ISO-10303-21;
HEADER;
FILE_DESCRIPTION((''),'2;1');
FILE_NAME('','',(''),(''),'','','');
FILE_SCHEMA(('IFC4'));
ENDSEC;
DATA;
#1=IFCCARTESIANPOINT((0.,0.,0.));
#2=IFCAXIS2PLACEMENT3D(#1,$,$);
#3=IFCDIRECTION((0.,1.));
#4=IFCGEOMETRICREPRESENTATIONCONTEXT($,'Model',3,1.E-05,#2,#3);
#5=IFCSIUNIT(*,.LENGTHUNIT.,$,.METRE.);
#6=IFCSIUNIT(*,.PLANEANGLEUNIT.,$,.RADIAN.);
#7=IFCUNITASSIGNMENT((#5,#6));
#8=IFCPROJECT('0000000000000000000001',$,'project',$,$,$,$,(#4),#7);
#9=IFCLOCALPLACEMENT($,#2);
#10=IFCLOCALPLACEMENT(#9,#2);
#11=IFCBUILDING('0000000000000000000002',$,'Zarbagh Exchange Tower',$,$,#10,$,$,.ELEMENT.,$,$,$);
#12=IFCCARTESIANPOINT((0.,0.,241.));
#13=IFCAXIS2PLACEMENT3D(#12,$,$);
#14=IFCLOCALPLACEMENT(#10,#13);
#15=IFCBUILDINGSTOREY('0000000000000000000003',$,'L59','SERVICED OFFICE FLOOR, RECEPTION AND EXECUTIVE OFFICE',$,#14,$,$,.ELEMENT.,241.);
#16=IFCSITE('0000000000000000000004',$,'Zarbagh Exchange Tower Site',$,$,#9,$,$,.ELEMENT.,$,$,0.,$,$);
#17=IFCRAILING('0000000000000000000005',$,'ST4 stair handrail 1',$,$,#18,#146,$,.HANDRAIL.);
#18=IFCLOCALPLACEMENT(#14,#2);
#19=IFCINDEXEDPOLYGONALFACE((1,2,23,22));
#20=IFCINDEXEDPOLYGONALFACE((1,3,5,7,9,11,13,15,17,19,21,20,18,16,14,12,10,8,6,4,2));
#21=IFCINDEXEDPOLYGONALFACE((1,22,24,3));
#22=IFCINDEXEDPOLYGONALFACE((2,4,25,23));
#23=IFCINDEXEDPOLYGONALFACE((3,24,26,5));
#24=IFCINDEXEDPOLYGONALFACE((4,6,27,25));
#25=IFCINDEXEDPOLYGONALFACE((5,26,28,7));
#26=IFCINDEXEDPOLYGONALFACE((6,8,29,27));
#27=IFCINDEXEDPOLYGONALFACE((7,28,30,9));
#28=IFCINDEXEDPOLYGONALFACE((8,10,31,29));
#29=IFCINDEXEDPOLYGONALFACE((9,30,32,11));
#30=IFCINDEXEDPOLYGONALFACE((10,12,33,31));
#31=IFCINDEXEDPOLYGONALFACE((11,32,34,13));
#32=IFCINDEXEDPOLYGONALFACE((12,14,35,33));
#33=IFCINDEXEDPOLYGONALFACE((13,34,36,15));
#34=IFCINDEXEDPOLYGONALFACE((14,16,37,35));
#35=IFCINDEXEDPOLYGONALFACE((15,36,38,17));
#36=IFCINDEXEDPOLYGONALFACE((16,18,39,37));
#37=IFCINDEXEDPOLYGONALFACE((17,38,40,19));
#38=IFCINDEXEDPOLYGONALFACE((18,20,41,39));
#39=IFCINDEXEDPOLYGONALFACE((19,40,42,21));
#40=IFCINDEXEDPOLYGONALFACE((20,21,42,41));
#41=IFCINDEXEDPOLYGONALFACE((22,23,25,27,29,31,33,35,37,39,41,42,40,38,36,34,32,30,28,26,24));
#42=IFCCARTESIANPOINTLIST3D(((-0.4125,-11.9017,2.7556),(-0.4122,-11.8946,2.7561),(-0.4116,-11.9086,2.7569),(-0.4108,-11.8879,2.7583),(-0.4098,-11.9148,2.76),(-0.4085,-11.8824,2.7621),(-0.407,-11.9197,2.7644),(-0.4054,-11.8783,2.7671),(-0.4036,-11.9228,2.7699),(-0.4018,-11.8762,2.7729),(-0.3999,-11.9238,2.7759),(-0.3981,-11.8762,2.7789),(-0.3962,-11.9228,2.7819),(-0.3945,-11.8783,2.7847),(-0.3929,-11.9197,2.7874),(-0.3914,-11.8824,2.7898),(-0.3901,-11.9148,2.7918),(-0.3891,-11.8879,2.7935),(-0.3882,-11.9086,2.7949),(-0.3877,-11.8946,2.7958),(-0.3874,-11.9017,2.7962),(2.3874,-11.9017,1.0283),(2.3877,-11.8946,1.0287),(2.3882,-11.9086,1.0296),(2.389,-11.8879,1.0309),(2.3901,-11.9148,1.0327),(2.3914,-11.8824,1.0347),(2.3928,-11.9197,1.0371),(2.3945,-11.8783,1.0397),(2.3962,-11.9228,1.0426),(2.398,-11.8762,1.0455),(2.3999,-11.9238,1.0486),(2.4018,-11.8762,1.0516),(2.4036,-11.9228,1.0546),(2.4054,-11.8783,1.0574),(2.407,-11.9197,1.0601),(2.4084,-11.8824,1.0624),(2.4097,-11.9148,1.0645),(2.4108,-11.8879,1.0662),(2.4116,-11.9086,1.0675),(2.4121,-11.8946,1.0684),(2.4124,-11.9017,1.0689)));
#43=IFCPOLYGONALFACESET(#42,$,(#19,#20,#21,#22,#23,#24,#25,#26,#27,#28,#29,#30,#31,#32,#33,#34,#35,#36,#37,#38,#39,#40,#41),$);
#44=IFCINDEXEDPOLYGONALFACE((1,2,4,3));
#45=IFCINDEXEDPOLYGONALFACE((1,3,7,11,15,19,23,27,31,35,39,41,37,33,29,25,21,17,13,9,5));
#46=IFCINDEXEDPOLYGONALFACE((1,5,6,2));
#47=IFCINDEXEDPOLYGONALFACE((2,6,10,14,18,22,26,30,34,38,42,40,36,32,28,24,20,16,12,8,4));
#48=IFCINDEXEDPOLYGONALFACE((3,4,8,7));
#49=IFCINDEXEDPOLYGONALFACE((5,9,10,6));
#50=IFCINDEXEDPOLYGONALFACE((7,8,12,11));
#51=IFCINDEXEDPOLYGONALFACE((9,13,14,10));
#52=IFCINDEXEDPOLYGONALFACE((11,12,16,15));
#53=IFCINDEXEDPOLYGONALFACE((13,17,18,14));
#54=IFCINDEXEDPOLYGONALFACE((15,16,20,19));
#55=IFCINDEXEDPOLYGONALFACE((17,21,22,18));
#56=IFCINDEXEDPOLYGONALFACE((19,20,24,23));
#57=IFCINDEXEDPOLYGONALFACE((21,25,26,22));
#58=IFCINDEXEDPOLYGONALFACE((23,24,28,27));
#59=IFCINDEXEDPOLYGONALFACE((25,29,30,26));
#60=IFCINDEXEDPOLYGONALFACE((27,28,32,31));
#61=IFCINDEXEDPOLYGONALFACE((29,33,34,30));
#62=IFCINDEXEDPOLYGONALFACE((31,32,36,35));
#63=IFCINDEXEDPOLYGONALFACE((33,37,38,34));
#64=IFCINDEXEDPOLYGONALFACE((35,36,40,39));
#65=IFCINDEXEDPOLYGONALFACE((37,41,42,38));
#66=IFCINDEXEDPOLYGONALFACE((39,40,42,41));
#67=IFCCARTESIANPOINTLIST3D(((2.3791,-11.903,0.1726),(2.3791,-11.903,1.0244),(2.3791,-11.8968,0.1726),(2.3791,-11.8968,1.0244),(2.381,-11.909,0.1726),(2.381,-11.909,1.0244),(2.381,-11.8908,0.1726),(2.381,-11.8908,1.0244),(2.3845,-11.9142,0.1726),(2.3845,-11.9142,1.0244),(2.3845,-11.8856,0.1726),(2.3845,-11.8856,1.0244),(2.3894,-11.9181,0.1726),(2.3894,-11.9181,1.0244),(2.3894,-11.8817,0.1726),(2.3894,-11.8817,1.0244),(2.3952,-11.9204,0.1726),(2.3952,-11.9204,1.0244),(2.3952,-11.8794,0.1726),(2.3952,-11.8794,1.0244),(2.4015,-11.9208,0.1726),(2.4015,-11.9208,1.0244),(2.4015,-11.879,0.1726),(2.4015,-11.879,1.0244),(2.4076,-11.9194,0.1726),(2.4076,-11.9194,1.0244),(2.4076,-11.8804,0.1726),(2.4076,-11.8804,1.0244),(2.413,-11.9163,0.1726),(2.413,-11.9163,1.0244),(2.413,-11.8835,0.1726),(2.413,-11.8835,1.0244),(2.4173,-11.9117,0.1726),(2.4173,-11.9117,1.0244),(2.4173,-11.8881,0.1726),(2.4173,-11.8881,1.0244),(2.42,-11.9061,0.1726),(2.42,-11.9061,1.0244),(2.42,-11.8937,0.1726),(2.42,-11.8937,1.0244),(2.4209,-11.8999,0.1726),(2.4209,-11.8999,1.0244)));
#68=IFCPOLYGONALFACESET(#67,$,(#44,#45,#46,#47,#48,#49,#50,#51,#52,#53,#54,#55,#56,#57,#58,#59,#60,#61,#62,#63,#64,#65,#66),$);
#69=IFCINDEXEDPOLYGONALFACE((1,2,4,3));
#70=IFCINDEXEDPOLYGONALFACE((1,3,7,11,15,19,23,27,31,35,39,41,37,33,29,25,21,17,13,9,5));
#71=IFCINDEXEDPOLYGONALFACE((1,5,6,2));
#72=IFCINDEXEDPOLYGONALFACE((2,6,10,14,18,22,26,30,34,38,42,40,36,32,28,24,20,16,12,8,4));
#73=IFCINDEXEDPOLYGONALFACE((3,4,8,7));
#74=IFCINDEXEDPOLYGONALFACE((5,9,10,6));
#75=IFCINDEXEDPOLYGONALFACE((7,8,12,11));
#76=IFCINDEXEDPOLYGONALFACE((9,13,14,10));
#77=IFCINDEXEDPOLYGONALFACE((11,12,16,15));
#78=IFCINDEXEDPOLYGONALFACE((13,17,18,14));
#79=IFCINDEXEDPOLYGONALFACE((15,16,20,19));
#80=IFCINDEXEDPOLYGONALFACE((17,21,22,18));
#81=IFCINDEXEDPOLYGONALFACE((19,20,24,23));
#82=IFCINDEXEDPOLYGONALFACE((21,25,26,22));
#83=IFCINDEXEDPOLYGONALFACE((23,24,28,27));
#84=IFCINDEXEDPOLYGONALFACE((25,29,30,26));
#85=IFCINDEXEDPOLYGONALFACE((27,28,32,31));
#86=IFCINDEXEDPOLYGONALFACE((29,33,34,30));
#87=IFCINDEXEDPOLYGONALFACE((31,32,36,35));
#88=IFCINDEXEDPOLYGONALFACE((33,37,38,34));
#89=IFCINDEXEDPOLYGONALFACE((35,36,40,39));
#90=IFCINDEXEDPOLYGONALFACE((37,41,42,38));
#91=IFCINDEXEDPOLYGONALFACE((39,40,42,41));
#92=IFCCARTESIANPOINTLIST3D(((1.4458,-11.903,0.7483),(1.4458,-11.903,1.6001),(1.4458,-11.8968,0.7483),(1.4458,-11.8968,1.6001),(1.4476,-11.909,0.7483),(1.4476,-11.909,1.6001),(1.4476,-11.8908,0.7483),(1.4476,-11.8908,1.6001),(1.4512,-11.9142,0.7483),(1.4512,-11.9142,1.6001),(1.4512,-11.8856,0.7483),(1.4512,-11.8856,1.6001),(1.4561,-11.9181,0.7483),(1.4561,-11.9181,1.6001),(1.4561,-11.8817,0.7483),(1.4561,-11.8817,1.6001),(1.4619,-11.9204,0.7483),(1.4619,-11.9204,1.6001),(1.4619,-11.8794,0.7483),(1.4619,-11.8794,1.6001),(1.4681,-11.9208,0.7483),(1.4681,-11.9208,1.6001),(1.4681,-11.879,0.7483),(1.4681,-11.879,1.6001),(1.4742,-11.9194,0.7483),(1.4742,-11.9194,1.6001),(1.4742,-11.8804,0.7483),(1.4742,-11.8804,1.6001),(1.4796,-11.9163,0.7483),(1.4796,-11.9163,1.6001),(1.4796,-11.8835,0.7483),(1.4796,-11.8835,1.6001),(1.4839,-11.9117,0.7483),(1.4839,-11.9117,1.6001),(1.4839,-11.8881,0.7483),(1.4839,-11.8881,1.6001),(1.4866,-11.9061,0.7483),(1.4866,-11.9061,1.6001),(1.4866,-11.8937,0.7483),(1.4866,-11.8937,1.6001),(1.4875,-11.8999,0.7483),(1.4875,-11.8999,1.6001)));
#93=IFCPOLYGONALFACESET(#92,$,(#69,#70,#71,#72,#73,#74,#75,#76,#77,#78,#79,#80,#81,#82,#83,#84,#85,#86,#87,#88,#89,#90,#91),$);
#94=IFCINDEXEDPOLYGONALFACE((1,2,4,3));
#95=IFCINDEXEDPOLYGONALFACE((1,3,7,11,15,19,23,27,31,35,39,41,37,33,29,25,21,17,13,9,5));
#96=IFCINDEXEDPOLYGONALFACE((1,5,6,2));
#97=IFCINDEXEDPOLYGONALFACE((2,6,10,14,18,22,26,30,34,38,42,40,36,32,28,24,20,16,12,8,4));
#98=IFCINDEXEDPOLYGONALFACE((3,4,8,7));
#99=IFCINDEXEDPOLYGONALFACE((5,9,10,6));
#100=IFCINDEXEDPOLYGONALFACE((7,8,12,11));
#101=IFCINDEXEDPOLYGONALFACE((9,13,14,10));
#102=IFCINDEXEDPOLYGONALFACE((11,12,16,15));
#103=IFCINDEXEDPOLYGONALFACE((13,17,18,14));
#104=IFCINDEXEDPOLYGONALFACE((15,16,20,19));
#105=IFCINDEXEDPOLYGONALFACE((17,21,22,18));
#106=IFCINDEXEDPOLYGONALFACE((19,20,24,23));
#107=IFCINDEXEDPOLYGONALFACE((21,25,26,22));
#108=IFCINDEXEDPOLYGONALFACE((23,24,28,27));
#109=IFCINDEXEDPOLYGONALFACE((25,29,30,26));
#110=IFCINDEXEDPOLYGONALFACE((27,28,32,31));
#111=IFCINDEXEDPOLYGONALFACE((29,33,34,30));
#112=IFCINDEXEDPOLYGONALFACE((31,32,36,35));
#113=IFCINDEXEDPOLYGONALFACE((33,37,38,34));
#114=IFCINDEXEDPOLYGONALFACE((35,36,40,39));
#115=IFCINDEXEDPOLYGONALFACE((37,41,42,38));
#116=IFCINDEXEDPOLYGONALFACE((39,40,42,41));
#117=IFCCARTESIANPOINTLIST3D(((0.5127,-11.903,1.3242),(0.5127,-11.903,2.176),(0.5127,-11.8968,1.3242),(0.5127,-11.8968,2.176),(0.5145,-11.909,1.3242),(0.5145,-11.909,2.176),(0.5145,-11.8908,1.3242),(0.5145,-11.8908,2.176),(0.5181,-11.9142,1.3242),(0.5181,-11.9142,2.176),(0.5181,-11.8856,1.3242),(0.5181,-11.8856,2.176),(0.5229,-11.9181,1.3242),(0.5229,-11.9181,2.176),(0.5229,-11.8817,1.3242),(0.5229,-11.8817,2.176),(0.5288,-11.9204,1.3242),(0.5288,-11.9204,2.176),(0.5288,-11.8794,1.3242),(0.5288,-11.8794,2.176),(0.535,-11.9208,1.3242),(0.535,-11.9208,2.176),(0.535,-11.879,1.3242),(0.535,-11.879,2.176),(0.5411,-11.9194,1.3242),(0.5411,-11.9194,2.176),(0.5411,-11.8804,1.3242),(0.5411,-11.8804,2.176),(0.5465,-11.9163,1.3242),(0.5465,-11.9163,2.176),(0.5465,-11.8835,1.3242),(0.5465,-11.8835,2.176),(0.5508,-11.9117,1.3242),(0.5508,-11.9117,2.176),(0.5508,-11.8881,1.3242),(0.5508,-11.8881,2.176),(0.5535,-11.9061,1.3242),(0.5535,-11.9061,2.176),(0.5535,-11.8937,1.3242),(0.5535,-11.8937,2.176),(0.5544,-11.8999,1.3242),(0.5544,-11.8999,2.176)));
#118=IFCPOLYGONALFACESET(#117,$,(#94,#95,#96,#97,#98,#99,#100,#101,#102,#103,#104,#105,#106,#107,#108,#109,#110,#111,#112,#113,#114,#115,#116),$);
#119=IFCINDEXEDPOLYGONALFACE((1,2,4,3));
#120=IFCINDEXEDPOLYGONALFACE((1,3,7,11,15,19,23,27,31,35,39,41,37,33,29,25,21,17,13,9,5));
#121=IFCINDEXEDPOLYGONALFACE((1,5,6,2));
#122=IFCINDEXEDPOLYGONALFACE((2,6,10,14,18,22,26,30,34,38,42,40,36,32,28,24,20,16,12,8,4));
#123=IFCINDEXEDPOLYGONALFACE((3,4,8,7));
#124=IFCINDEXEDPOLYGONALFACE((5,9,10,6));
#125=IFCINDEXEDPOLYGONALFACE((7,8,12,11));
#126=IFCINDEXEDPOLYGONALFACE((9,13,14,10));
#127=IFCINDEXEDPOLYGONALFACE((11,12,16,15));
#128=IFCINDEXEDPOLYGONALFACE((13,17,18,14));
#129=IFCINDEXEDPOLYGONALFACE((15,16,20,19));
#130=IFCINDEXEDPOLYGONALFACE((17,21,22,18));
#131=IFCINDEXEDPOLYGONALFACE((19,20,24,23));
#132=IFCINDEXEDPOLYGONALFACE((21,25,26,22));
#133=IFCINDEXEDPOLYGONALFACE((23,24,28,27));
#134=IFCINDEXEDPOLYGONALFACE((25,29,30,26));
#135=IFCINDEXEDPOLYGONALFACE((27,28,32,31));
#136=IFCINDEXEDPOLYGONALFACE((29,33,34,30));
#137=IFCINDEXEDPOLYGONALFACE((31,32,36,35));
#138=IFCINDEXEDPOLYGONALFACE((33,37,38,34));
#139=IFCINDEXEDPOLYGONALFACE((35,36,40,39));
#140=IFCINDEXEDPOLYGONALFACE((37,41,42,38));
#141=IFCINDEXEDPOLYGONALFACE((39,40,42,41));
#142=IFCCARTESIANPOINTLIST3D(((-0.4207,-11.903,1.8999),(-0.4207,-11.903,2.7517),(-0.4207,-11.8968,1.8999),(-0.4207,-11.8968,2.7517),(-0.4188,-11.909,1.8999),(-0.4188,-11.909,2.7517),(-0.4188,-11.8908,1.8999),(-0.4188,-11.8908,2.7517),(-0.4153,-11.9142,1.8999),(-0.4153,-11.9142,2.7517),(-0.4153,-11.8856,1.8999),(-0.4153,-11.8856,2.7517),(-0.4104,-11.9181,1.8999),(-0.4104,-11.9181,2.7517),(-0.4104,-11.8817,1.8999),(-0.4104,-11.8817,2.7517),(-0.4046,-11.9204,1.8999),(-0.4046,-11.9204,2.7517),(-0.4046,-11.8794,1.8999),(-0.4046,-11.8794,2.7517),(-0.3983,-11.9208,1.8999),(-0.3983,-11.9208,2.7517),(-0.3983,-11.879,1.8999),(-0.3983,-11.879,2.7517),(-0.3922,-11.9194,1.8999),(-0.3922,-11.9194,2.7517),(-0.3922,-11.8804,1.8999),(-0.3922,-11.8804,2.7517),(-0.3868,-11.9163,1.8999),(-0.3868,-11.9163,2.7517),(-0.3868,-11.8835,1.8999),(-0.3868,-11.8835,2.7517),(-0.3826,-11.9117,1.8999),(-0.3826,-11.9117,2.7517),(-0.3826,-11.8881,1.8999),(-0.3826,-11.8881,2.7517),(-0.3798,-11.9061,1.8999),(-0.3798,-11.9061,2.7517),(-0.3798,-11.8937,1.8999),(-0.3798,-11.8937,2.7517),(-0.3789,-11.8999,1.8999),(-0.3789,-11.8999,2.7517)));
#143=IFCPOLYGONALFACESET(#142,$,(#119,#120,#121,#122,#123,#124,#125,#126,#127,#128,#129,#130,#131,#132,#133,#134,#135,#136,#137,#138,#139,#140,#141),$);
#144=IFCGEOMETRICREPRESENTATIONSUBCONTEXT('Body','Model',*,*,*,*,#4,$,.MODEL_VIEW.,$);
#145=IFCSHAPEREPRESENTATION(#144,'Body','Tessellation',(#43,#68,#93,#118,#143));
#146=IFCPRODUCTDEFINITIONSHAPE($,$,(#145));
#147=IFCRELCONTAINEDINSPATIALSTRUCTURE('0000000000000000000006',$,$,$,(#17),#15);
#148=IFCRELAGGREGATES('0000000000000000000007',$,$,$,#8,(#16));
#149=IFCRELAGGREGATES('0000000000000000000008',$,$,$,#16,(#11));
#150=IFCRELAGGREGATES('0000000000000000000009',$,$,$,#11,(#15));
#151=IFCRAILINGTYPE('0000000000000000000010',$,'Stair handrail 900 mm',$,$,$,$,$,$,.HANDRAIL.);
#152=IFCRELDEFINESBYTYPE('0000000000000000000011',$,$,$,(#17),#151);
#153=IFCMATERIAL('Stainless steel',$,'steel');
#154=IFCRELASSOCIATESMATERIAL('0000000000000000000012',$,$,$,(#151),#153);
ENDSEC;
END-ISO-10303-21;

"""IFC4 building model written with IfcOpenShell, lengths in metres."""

from ifc_helpers import new_model, si_unit, direction, frame, origin, origin_2d, place, context, subcontext, project, spatial, circle, extrude, material, type_object, element, save


model = new_model("IFC4")

# Units and contexts
model_context = context("Model", 3, precision=1e-05, world=origin(), true_north=direction((0.0, 1.0)))
body_context = subcontext(model_context, "Body", "Model", "MODEL_VIEW")
ifc_project = project(units=[si_unit("LENGTHUNIT", "METRE"), si_unit("PLANEANGLEUNIT", "RADIAN")], contexts=[model_context])

# Site, building, storey
site_placement = place(None, origin())
site = spatial("IfcSite", under=ifc_project, at=site_placement, Name="Zarbagh Exchange Tower Site", CompositionType="ELEMENT", RefElevation=0.0)
building_placement = place(site_placement, origin())
building = spatial("IfcBuilding", under=site, at=building_placement, Name="Zarbagh Exchange Tower", CompositionType="ELEMENT")
storey_placement = place(building_placement, frame((0.0, 0.0, 241.0)))
storey = spatial("IfcBuildingStorey", under=building, at=storey_placement, Name="L59", Description="SERVICED OFFICE FLOOR, RECEPTION AND EXECUTIVE OFFICE", CompositionType="ELEMENT", Elevation=241.0)

# Shared definitions
ifc_material_1 = material(Name="Stainless steel", Category="steel")

# Railing
railing_type_1 = type_object("IfcRailingType", Name="Stair handrail 900 mm", PredefinedType="HANDRAIL", material=ifc_material_1)
railing_1_placement = place(storey_placement, frame((2.3999, -11.8999, 0.1726)))
element("IfcRailing", 1, at=railing_1_placement, inside=storey, type_object=railing_type_1, Name="ST4 stair handrail 1", PredefinedType="HANDRAIL", context=body_context, shape_type="SweptSolid", body=[
    extrude(circle(Radius=0.0239, at=origin_2d()), frame((0.0, 0.0, 0.876), z_axis=(-0.851069, 0.0, 0.525054), x_axis=(0.0, -1.0, 0.0)), (0.0, 0.0, 1.0), 3.2898),
    extrude(circle(Radius=0.021, at=origin_2d()), origin(), (0.0, 0.0, 1.0), 0.8518),
    extrude(circle(Radius=0.021, at=origin_2d()), frame((-0.9333, 0.0, 0.5757)), (0.0, 0.0, 1.0), 0.8518),
    extrude(circle(Radius=0.021, at=origin_2d()), frame((-1.8665, 0.0, 1.1516)), (0.0, 0.0, 1.0), 0.8518),
    extrude(circle(Radius=0.021, at=origin_2d()), frame((-2.7998, 0.0, 1.7273)), (0.0, 0.0, 1.0), 0.8518),
])

save(model, "model.ifc")
